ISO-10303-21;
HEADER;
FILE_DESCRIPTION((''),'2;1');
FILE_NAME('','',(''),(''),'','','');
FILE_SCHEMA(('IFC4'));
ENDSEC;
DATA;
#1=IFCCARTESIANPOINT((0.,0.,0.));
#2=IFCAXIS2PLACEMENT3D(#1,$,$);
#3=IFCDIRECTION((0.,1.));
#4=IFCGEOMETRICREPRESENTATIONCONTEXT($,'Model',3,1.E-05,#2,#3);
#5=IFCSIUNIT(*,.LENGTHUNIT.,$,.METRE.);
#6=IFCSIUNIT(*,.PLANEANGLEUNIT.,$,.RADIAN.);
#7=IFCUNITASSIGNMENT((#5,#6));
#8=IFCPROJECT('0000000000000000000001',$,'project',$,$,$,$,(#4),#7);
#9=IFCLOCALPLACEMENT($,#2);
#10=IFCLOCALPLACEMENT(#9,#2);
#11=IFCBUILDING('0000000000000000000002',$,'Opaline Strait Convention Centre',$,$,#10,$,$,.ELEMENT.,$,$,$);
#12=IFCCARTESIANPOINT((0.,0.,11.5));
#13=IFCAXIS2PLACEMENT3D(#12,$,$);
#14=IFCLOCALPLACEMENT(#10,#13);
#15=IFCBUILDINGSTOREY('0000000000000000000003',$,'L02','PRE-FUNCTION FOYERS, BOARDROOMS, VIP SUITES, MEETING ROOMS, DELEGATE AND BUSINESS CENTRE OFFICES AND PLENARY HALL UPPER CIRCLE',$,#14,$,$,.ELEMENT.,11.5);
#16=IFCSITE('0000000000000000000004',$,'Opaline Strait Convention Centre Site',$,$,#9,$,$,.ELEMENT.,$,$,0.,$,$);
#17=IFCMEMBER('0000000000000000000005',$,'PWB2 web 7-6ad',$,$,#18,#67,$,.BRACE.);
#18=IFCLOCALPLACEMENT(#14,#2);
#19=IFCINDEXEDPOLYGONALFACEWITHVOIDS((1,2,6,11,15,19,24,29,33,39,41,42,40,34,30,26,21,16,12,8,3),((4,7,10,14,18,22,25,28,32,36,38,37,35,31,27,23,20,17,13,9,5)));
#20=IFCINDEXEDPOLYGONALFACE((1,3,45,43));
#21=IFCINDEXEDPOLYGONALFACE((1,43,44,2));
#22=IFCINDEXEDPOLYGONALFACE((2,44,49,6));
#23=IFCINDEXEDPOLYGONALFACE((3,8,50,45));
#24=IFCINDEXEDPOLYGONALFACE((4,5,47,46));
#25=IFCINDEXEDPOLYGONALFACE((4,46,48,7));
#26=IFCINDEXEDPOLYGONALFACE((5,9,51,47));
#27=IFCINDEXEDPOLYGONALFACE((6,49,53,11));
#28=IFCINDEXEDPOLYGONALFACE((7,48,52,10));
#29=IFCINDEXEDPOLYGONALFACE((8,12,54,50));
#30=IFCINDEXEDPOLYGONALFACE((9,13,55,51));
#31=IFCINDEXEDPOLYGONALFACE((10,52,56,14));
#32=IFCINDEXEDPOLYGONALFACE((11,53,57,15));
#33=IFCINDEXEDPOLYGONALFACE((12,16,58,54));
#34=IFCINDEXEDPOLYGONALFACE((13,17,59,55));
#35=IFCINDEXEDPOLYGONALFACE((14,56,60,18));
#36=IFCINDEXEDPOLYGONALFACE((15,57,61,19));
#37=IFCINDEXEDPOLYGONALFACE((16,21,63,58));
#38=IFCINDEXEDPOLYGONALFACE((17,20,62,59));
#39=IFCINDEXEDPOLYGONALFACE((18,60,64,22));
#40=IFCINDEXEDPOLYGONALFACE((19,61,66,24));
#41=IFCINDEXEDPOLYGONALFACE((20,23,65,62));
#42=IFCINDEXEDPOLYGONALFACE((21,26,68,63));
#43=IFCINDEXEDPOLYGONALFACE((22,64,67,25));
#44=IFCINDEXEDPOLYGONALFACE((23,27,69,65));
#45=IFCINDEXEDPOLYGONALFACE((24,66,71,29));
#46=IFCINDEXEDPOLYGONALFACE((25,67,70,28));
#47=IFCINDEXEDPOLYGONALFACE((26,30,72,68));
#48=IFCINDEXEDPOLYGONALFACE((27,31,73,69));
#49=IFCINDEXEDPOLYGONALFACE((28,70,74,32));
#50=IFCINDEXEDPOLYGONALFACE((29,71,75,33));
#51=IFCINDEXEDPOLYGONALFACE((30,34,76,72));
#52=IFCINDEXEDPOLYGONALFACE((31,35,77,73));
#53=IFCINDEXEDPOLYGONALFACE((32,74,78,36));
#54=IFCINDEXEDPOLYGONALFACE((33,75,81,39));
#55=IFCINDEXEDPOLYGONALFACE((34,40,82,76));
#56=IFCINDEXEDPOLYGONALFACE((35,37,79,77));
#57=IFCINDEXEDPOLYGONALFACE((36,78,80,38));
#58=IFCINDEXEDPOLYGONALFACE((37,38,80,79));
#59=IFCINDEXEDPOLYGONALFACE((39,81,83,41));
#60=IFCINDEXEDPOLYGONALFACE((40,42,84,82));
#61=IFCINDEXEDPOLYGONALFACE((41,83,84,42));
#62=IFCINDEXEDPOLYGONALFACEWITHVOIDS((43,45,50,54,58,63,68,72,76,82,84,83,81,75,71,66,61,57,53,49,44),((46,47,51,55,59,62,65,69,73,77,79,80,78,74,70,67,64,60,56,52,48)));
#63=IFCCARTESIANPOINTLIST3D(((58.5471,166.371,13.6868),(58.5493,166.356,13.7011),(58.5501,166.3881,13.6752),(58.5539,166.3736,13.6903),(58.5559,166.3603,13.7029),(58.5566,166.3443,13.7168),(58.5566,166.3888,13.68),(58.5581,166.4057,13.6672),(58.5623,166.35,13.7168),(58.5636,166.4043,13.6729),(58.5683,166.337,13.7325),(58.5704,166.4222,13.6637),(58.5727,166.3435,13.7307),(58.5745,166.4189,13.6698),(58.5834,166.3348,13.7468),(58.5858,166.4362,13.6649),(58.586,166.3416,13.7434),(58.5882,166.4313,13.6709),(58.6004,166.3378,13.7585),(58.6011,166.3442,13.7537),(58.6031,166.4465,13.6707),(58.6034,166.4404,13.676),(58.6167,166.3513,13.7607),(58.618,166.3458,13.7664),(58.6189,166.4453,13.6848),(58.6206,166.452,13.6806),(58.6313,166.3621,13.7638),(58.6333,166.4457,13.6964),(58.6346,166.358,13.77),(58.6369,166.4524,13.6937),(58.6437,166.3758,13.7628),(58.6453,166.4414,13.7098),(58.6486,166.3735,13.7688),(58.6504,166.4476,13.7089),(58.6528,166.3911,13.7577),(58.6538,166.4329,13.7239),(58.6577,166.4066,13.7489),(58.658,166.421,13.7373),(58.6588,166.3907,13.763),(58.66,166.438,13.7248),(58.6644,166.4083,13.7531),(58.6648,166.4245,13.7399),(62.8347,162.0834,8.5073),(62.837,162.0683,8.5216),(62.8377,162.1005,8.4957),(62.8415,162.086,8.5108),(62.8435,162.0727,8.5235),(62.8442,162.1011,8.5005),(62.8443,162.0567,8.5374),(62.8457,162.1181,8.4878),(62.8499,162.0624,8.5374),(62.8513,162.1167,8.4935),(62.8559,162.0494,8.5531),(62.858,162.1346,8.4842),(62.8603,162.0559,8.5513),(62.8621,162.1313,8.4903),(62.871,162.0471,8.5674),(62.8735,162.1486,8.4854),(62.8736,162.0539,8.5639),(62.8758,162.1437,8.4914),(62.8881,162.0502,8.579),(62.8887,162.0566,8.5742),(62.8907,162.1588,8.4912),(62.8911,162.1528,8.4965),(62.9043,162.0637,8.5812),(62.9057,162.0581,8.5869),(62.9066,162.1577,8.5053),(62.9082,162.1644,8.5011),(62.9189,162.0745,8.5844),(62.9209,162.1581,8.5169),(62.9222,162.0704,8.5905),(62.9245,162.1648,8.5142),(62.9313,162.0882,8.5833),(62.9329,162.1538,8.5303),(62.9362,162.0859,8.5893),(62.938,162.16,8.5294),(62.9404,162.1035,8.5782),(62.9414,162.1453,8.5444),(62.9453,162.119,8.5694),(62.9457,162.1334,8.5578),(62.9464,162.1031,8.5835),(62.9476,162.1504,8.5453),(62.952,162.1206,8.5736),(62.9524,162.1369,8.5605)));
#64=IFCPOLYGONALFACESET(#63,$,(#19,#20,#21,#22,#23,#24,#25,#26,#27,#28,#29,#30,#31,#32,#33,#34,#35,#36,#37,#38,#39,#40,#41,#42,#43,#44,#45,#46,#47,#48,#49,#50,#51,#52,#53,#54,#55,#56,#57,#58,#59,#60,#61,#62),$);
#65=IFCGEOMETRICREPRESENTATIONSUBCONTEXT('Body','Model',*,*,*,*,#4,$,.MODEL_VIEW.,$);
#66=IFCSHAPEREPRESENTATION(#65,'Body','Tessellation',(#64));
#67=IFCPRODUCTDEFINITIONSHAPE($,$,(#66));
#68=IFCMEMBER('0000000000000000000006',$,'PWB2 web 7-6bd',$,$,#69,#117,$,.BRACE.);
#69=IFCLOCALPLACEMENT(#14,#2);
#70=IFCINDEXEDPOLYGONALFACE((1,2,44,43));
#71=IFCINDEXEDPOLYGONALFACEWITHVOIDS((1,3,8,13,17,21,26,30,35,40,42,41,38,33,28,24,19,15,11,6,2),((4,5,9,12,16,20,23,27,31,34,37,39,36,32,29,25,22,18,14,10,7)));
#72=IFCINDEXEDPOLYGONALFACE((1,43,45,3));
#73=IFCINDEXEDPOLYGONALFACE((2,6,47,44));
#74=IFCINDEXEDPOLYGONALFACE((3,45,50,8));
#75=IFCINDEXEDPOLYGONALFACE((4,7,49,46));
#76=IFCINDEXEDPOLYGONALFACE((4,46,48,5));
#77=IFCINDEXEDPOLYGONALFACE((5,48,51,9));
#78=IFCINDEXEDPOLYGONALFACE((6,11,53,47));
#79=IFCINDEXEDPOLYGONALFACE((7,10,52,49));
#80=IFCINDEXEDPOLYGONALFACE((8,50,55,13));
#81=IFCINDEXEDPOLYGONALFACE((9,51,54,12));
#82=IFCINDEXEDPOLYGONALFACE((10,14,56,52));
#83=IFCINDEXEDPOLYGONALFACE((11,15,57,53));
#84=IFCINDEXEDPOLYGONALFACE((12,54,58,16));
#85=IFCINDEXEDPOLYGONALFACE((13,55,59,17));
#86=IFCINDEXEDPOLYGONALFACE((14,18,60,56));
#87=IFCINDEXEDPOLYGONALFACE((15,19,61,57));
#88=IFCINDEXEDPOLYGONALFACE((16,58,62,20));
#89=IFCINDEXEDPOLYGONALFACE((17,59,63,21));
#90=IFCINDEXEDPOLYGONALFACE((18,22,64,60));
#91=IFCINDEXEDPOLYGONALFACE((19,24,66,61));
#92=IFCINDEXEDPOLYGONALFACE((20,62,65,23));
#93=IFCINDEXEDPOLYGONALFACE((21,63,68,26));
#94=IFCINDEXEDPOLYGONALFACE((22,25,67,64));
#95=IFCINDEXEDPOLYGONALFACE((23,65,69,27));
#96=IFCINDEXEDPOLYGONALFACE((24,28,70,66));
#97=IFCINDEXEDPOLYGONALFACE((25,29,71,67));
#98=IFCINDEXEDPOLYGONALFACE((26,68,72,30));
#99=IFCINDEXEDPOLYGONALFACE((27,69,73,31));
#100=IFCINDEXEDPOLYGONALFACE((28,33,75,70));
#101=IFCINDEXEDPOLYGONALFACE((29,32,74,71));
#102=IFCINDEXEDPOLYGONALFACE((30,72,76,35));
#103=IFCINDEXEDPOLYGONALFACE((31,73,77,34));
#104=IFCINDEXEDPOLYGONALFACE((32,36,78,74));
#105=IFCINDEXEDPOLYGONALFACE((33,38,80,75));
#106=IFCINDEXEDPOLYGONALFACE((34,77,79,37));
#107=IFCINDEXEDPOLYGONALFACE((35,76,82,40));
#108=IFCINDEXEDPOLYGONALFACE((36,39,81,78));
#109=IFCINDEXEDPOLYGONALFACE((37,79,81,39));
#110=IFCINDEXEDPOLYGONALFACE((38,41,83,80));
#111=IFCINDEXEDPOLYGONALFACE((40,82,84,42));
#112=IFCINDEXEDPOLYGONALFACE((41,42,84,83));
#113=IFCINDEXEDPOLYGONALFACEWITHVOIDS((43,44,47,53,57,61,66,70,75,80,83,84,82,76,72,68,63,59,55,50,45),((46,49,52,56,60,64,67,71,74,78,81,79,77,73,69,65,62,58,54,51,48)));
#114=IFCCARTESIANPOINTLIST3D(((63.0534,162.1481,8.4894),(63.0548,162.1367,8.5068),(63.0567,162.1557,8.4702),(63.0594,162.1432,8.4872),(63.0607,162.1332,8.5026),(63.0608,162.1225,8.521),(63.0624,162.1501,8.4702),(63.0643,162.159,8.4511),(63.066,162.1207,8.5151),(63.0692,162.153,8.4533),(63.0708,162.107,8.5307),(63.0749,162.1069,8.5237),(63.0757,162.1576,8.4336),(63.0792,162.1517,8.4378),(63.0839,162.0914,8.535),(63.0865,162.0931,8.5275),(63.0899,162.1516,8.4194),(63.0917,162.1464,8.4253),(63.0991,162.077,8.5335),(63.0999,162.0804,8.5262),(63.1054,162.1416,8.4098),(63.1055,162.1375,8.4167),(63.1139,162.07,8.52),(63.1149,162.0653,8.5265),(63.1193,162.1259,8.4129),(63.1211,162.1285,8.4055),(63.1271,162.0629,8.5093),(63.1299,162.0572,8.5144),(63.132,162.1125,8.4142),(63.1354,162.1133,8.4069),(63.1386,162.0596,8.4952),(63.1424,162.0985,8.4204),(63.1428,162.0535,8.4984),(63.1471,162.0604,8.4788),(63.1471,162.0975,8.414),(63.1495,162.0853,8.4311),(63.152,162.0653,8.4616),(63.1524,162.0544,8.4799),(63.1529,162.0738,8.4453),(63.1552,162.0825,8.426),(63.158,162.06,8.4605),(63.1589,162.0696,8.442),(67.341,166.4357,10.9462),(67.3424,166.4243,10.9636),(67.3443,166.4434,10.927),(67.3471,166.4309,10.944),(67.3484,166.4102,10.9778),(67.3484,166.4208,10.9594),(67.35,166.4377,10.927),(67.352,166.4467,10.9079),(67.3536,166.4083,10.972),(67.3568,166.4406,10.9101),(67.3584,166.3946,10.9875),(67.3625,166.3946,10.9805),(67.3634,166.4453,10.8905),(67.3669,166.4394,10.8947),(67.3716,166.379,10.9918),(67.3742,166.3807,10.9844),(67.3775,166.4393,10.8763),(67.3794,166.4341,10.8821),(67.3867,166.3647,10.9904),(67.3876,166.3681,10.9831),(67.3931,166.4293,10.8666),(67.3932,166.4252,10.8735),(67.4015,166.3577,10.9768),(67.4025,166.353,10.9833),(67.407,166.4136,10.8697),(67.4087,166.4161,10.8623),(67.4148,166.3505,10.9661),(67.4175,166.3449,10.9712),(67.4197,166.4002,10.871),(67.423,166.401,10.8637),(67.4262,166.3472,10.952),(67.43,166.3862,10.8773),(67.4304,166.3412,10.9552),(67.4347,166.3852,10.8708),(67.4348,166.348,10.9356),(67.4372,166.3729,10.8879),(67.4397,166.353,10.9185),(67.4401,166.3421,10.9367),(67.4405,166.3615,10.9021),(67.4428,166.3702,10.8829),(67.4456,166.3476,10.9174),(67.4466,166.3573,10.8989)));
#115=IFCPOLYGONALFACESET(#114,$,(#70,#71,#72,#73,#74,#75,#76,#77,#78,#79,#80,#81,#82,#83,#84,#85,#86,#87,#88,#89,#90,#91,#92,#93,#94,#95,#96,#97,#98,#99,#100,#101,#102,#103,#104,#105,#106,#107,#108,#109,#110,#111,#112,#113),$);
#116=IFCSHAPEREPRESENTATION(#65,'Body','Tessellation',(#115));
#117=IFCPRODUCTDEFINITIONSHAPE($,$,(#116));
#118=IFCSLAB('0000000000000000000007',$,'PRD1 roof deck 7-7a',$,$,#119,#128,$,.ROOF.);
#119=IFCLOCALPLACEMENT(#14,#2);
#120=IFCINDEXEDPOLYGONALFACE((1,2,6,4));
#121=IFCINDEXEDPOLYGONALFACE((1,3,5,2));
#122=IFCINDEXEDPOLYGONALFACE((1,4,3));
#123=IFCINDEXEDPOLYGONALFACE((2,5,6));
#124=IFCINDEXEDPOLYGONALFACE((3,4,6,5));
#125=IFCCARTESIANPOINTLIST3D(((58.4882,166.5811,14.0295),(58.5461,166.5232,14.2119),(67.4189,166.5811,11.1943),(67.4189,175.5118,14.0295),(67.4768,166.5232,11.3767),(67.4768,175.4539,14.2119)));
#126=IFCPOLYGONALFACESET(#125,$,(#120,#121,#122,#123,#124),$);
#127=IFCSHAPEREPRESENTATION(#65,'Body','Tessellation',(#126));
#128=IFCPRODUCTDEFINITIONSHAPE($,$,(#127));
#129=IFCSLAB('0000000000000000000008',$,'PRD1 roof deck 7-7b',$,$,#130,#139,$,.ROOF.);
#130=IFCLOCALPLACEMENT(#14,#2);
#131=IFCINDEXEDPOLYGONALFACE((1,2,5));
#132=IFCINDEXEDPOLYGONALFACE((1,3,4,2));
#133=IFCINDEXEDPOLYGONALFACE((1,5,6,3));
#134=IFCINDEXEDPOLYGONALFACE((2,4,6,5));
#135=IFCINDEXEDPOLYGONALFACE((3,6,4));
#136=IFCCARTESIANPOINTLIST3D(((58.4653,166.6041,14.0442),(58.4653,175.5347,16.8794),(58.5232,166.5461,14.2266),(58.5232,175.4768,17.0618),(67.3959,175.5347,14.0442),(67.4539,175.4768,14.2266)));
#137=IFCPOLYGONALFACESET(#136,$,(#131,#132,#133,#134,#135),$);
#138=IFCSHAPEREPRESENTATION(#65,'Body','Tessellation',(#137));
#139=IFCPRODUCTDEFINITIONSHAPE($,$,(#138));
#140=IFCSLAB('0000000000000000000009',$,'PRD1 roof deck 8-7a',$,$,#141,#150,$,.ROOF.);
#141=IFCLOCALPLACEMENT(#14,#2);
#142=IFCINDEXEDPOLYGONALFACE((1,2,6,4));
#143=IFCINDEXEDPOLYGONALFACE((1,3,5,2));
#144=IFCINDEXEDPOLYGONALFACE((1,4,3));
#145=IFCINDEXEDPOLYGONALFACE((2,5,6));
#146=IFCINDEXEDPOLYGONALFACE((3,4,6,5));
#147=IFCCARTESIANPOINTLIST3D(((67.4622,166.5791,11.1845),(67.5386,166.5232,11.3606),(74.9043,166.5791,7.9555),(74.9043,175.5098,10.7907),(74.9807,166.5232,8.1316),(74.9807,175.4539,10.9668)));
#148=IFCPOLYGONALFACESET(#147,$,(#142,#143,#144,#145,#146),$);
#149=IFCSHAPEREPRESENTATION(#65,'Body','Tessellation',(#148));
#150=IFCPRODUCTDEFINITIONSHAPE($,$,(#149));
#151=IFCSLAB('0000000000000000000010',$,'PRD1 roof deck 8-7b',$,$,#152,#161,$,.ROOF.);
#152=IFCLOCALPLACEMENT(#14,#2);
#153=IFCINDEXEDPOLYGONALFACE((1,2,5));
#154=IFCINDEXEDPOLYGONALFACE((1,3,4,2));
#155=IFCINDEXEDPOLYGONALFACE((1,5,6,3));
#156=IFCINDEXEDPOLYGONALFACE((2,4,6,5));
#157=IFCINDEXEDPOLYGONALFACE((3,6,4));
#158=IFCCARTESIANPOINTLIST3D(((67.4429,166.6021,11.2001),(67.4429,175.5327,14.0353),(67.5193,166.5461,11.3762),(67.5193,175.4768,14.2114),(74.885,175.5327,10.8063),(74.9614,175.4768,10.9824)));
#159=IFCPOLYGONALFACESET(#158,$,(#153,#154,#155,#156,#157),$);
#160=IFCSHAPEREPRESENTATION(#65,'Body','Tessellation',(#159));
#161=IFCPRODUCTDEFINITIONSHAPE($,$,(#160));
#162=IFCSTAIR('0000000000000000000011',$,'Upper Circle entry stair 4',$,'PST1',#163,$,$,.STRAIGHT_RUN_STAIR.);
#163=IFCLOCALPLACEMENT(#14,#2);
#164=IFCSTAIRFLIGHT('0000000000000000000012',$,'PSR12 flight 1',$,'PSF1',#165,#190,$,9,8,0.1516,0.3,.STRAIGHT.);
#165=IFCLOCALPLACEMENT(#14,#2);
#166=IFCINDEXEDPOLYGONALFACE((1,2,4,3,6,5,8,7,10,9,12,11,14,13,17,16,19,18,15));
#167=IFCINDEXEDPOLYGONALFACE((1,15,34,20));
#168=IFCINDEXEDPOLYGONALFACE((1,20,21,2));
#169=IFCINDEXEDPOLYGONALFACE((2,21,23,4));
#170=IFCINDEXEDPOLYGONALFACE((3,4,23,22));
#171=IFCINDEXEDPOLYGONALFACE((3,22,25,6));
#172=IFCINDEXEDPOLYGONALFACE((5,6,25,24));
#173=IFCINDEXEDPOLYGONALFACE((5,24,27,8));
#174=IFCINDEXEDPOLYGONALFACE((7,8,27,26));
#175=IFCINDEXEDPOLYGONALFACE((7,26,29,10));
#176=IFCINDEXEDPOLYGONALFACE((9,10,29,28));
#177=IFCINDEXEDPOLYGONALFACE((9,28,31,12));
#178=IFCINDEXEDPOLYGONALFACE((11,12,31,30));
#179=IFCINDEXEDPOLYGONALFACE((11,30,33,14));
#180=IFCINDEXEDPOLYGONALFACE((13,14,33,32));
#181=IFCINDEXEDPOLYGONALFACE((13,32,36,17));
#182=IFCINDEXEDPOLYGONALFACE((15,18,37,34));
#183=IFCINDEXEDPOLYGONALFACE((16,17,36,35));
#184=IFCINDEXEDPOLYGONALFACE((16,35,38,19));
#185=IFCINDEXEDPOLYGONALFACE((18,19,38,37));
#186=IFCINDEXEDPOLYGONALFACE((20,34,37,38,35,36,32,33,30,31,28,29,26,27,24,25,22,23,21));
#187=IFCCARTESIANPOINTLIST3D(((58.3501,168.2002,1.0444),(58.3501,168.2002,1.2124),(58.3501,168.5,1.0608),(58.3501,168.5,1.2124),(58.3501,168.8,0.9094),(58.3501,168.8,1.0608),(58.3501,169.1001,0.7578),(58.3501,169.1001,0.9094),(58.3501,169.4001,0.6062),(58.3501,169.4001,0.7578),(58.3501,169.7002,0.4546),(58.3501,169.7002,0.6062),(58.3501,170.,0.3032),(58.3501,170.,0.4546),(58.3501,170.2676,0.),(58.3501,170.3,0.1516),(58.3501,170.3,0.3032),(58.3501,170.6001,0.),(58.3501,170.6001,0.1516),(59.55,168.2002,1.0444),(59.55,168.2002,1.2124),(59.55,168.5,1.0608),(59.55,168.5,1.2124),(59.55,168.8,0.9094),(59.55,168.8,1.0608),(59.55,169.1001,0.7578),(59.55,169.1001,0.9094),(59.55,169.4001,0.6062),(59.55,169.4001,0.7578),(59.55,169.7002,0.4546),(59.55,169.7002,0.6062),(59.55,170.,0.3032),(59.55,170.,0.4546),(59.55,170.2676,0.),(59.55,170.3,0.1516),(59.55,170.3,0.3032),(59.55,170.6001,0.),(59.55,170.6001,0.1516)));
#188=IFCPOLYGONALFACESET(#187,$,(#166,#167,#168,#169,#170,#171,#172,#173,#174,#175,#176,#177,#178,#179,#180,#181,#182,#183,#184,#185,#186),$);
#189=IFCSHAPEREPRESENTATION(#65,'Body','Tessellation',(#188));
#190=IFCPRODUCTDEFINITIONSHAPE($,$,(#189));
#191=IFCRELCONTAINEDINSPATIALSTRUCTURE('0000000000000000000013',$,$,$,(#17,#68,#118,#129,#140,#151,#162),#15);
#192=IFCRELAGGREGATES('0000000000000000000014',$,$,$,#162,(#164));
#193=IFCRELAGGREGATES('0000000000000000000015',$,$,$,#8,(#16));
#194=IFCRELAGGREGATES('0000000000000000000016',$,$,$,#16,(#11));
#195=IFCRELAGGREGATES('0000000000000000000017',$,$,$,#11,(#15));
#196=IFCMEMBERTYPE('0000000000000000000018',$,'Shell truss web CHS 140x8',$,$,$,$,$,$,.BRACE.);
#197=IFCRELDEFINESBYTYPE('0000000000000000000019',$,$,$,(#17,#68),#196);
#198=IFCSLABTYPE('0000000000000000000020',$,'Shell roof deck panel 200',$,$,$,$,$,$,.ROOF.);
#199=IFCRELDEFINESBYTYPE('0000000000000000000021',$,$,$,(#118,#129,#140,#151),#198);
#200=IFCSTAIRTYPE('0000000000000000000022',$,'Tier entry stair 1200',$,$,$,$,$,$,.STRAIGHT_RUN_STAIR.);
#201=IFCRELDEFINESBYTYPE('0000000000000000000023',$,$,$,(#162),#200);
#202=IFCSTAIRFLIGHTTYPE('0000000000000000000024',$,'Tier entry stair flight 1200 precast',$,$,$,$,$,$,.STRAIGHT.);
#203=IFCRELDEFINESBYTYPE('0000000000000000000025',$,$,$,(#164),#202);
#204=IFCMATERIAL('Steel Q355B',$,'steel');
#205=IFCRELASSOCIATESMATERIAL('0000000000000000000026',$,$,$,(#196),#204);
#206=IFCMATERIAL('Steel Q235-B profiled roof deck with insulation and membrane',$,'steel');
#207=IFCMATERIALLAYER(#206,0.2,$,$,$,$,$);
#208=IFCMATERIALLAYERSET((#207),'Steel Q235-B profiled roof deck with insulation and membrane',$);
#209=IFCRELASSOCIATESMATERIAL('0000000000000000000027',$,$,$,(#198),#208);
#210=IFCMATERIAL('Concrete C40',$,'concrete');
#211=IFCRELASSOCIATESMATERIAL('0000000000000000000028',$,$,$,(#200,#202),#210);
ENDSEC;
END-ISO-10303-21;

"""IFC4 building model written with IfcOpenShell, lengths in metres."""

from ifc_helpers import new_model, si_unit, direction, frame, origin, origin_2d, place, context, subcontext, project, spatial, polyline, hollow_circle, outline, extrude, material, layer, layer_set, material_profile, profile_set, type_object, element, aggregate, save


model = new_model("IFC4")

# Units and contexts
model_context = context("Model", 3, precision=1e-05, world=origin(), true_north=direction((0.0, 1.0)))
body_context = subcontext(model_context, "Body", "Model", "MODEL_VIEW")
ifc_project = project(units=[si_unit("LENGTHUNIT", "METRE"), si_unit("PLANEANGLEUNIT", "RADIAN")], contexts=[model_context])

# Site, building, storey
site_placement = place(None, origin())
site = spatial("IfcSite", under=ifc_project, at=site_placement, Name="Opaline Strait Convention Centre Site", CompositionType="ELEMENT", RefElevation=0.0)
building_placement = place(site_placement, origin())
building = spatial("IfcBuilding", under=site, at=building_placement, Name="Opaline Strait Convention Centre", CompositionType="ELEMENT")
storey_placement = place(building_placement, frame((0.0, 0.0, 11.5)))
storey = spatial("IfcBuildingStorey", under=building, at=storey_placement, Name="L02", Description="PRE-FUNCTION FOYERS, BOARDROOMS, VIP SUITES, MEETING ROOMS, DELEGATE AND BUSINESS CENTRE OFFICES AND PLENARY HALL UPPER CIRCLE", CompositionType="ELEMENT", Elevation=11.5)

# Members
ifc_material_1 = material(Name="Steel Q355B", Category="steel")
ifc_material_profile_1 = material_profile(ifc_material_1, hollow_circle(Radius=0.0701, WallThickness=0.0081, at=origin_2d()), Name="CHS 140x8")
ifc_profile_set_1 = profile_set([ifc_material_profile_1], Name="Steel Q355B")
member_type_1 = type_object("IfcMemberType", Name="Shell truss web CHS 140x8", PredefinedType="BRACE", material=ifc_profile_set_1)
member_1_placement = place(storey_placement, frame((62.8938, 162.1062, 8.5374), z_axis=(-0.537659, 0.537659, 0.649496), x_axis=(-0.707107, -0.707107, 0.0)))
element("IfcMember", 1, at=member_1_placement, inside=storey, type_object=member_type_1, Name="PWB2 web 7-6ad", PredefinedType="BRACE", context=body_context, shape_type="SweptSolid", body=[
    extrude(hollow_circle(Radius=0.0701, WallThickness=0.0081, at=origin_2d()), origin(), (0.0, 0.0, 1.0), 7.9746),
])
member_2_placement = place(storey_placement, frame((63.1062, 162.1062, 8.4702), z_axis=(0.655357, 0.655357, 0.375519), x_axis=(-0.707107, 0.707107, 0.0)))
element("IfcMember", 2, at=member_2_placement, inside=storey, type_object=member_type_1, Name="PWB2 web 7-6bd", PredefinedType="BRACE", context=body_context, shape_type="SweptSolid", body=[
    extrude(hollow_circle(Radius=0.0701, WallThickness=0.0081, at=origin_2d()), origin(), (0.0, 0.0, 1.0), 6.5425),
])

# Slabs
ifc_material_2 = material(Name="Steel Q235-B profiled roof deck with insulation and membrane", Category="steel")
ifc_layer = layer(ifc_material_2, 0.2)
ifc_layer_set = layer_set([ifc_layer], Name="Steel Q235-B profiled roof deck with insulation and membrane")
slab_type = type_object("IfcSlabType", Name="Shell roof deck panel 200", PredefinedType="ROOF", material=ifc_layer_set)
slab_1_placement = place(storey_placement, frame((58.5461, 166.5232, 14.2119), z_axis=(0.289618, -0.289618, 0.912273), x_axis=(0.953122, 0.0, -0.302586)))
element("IfcSlab", 3, at=slab_1_placement, inside=storey, type_object=slab_type, Name="PRD1 roof deck 7-7a", PredefinedType="ROOF", context=body_context, shape_type="SweptSolid", body=[
    extrude(outline(polyline([(0.0, 0.0), (9.3699, 0.0), (8.512, 9.3306), (0.0, 0.0)])), origin(), (0.0, 0.0, -1.0), 0.2),
])
slab_2_placement = place(storey_placement, frame((58.5232, 166.5461, 14.2266), z_axis=(0.289618, -0.289618, 0.912273), x_axis=(0.707107, 0.707107, 0.0)))
element("IfcSlab", 4, at=slab_2_placement, inside=storey, type_object=slab_type, Name="PRD1 roof deck 7-7b", PredefinedType="ROOF", context=body_context, shape_type="SweptSolid", body=[
    extrude(outline(polyline([(0.0, 0.0), (12.6299, 0.0), (6.3149, 6.9222), (0.0, 0.0)])), origin(), (0.0, 0.0, -1.0), 0.2),
])
slab_3_placement = place(storey_placement, frame((67.5386, 166.5232, 11.3606), z_axis=(0.382153, -0.27962, 0.880779), x_axis=(0.917372, 0.0, -0.398031)))
element("IfcSlab", 5, at=slab_3_placement, inside=storey, type_object=slab_type, Name="PRD1 roof deck 8-7a", PredefinedType="ROOF", context=body_context, shape_type="SweptSolid", body=[
    extrude(outline(polyline([(0.0, 0.0), (8.1125, 0.0), (6.984, 9.3017), (0.0, 0.0)])), origin(), (0.0, 0.0, -1.0), 0.2),
])
slab_4_placement = place(storey_placement, frame((67.5193, 166.5461, 11.3762), z_axis=(0.382153, -0.27962, 0.880779), x_axis=(0.639813, 0.767784, -0.033856)))
element("IfcSlab", 6, at=slab_4_placement, inside=storey, type_object=slab_type, Name="PRD1 roof deck 8-7b", PredefinedType="ROOF", context=body_context, shape_type="SweptSolid", body=[
    extrude(outline(polyline([(0.0, 0.0), (11.6317, 0.0), (6.7608, 6.4874), (0.0, 0.0)])), origin(), (0.0, 0.0, -1.0), 0.2),
])

# Stair, stair flight
ifc_material_3 = material(Name="Concrete C40", Category="concrete")
stair_type = type_object("IfcStairType", Name="Tier entry stair 1200", PredefinedType="STRAIGHT_RUN_STAIR", material=ifc_material_3)
stair_placement = place(storey_placement, origin())
stair = element("IfcStair", 7, at=stair_placement, inside=storey, type_object=stair_type, Name="Upper Circle entry stair 4", ObjectType="PST1", PredefinedType="STRAIGHT_RUN_STAIR")
stair_flight_type = type_object("IfcStairFlightType", Name="Tier entry stair flight 1200 precast", PredefinedType="STRAIGHT", material=ifc_material_3)
stair_flight_placement = place(storey_placement, frame((58.95, 170.6001, 0.0), z_axis=(0.0, 0.0, 1.0), x_axis=(0.0, -1.0, 0.0)))
stair_flight = element("IfcStairFlight", 8, at=stair_flight_placement, type_object=stair_flight_type, Name="PSR12 flight 1", ObjectType="PSF1", NumberOfRisers=9, NumberOfTreads=8, PredefinedType="STRAIGHT", RiserHeight=0.1516, TreadLength=0.3, context=body_context, shape_type="SweptSolid", body=[
    extrude(outline(polyline([(0.0, 0.0), (0.0, 0.1516), (0.3, 0.1516), (0.3, 0.3032), (0.6001, 0.3032), (0.6001, 0.4546), (0.8999, 0.4546), (0.8999, 0.6062), (1.2, 0.6062), (1.2, 0.7578), (1.5, 0.7578), (1.5, 0.9094), (1.8, 0.9094), (1.8, 1.0608), (2.1001, 1.0608), (2.1001, 1.2124), (2.3999, 1.2124), (2.3999, 1.364), (2.3999, 1.0444), (0.3325, 0.0), (0.0, 0.0)])), frame((0.0, 0.6001, 0.0), z_axis=(0.0, -1.0, 0.0), x_axis=(1.0, 0.0, 0.0)), (0.0, 0.0, 1.0), 1.2),
])
aggregate(stair, [stair_flight])

save(model, "model.ifc")
